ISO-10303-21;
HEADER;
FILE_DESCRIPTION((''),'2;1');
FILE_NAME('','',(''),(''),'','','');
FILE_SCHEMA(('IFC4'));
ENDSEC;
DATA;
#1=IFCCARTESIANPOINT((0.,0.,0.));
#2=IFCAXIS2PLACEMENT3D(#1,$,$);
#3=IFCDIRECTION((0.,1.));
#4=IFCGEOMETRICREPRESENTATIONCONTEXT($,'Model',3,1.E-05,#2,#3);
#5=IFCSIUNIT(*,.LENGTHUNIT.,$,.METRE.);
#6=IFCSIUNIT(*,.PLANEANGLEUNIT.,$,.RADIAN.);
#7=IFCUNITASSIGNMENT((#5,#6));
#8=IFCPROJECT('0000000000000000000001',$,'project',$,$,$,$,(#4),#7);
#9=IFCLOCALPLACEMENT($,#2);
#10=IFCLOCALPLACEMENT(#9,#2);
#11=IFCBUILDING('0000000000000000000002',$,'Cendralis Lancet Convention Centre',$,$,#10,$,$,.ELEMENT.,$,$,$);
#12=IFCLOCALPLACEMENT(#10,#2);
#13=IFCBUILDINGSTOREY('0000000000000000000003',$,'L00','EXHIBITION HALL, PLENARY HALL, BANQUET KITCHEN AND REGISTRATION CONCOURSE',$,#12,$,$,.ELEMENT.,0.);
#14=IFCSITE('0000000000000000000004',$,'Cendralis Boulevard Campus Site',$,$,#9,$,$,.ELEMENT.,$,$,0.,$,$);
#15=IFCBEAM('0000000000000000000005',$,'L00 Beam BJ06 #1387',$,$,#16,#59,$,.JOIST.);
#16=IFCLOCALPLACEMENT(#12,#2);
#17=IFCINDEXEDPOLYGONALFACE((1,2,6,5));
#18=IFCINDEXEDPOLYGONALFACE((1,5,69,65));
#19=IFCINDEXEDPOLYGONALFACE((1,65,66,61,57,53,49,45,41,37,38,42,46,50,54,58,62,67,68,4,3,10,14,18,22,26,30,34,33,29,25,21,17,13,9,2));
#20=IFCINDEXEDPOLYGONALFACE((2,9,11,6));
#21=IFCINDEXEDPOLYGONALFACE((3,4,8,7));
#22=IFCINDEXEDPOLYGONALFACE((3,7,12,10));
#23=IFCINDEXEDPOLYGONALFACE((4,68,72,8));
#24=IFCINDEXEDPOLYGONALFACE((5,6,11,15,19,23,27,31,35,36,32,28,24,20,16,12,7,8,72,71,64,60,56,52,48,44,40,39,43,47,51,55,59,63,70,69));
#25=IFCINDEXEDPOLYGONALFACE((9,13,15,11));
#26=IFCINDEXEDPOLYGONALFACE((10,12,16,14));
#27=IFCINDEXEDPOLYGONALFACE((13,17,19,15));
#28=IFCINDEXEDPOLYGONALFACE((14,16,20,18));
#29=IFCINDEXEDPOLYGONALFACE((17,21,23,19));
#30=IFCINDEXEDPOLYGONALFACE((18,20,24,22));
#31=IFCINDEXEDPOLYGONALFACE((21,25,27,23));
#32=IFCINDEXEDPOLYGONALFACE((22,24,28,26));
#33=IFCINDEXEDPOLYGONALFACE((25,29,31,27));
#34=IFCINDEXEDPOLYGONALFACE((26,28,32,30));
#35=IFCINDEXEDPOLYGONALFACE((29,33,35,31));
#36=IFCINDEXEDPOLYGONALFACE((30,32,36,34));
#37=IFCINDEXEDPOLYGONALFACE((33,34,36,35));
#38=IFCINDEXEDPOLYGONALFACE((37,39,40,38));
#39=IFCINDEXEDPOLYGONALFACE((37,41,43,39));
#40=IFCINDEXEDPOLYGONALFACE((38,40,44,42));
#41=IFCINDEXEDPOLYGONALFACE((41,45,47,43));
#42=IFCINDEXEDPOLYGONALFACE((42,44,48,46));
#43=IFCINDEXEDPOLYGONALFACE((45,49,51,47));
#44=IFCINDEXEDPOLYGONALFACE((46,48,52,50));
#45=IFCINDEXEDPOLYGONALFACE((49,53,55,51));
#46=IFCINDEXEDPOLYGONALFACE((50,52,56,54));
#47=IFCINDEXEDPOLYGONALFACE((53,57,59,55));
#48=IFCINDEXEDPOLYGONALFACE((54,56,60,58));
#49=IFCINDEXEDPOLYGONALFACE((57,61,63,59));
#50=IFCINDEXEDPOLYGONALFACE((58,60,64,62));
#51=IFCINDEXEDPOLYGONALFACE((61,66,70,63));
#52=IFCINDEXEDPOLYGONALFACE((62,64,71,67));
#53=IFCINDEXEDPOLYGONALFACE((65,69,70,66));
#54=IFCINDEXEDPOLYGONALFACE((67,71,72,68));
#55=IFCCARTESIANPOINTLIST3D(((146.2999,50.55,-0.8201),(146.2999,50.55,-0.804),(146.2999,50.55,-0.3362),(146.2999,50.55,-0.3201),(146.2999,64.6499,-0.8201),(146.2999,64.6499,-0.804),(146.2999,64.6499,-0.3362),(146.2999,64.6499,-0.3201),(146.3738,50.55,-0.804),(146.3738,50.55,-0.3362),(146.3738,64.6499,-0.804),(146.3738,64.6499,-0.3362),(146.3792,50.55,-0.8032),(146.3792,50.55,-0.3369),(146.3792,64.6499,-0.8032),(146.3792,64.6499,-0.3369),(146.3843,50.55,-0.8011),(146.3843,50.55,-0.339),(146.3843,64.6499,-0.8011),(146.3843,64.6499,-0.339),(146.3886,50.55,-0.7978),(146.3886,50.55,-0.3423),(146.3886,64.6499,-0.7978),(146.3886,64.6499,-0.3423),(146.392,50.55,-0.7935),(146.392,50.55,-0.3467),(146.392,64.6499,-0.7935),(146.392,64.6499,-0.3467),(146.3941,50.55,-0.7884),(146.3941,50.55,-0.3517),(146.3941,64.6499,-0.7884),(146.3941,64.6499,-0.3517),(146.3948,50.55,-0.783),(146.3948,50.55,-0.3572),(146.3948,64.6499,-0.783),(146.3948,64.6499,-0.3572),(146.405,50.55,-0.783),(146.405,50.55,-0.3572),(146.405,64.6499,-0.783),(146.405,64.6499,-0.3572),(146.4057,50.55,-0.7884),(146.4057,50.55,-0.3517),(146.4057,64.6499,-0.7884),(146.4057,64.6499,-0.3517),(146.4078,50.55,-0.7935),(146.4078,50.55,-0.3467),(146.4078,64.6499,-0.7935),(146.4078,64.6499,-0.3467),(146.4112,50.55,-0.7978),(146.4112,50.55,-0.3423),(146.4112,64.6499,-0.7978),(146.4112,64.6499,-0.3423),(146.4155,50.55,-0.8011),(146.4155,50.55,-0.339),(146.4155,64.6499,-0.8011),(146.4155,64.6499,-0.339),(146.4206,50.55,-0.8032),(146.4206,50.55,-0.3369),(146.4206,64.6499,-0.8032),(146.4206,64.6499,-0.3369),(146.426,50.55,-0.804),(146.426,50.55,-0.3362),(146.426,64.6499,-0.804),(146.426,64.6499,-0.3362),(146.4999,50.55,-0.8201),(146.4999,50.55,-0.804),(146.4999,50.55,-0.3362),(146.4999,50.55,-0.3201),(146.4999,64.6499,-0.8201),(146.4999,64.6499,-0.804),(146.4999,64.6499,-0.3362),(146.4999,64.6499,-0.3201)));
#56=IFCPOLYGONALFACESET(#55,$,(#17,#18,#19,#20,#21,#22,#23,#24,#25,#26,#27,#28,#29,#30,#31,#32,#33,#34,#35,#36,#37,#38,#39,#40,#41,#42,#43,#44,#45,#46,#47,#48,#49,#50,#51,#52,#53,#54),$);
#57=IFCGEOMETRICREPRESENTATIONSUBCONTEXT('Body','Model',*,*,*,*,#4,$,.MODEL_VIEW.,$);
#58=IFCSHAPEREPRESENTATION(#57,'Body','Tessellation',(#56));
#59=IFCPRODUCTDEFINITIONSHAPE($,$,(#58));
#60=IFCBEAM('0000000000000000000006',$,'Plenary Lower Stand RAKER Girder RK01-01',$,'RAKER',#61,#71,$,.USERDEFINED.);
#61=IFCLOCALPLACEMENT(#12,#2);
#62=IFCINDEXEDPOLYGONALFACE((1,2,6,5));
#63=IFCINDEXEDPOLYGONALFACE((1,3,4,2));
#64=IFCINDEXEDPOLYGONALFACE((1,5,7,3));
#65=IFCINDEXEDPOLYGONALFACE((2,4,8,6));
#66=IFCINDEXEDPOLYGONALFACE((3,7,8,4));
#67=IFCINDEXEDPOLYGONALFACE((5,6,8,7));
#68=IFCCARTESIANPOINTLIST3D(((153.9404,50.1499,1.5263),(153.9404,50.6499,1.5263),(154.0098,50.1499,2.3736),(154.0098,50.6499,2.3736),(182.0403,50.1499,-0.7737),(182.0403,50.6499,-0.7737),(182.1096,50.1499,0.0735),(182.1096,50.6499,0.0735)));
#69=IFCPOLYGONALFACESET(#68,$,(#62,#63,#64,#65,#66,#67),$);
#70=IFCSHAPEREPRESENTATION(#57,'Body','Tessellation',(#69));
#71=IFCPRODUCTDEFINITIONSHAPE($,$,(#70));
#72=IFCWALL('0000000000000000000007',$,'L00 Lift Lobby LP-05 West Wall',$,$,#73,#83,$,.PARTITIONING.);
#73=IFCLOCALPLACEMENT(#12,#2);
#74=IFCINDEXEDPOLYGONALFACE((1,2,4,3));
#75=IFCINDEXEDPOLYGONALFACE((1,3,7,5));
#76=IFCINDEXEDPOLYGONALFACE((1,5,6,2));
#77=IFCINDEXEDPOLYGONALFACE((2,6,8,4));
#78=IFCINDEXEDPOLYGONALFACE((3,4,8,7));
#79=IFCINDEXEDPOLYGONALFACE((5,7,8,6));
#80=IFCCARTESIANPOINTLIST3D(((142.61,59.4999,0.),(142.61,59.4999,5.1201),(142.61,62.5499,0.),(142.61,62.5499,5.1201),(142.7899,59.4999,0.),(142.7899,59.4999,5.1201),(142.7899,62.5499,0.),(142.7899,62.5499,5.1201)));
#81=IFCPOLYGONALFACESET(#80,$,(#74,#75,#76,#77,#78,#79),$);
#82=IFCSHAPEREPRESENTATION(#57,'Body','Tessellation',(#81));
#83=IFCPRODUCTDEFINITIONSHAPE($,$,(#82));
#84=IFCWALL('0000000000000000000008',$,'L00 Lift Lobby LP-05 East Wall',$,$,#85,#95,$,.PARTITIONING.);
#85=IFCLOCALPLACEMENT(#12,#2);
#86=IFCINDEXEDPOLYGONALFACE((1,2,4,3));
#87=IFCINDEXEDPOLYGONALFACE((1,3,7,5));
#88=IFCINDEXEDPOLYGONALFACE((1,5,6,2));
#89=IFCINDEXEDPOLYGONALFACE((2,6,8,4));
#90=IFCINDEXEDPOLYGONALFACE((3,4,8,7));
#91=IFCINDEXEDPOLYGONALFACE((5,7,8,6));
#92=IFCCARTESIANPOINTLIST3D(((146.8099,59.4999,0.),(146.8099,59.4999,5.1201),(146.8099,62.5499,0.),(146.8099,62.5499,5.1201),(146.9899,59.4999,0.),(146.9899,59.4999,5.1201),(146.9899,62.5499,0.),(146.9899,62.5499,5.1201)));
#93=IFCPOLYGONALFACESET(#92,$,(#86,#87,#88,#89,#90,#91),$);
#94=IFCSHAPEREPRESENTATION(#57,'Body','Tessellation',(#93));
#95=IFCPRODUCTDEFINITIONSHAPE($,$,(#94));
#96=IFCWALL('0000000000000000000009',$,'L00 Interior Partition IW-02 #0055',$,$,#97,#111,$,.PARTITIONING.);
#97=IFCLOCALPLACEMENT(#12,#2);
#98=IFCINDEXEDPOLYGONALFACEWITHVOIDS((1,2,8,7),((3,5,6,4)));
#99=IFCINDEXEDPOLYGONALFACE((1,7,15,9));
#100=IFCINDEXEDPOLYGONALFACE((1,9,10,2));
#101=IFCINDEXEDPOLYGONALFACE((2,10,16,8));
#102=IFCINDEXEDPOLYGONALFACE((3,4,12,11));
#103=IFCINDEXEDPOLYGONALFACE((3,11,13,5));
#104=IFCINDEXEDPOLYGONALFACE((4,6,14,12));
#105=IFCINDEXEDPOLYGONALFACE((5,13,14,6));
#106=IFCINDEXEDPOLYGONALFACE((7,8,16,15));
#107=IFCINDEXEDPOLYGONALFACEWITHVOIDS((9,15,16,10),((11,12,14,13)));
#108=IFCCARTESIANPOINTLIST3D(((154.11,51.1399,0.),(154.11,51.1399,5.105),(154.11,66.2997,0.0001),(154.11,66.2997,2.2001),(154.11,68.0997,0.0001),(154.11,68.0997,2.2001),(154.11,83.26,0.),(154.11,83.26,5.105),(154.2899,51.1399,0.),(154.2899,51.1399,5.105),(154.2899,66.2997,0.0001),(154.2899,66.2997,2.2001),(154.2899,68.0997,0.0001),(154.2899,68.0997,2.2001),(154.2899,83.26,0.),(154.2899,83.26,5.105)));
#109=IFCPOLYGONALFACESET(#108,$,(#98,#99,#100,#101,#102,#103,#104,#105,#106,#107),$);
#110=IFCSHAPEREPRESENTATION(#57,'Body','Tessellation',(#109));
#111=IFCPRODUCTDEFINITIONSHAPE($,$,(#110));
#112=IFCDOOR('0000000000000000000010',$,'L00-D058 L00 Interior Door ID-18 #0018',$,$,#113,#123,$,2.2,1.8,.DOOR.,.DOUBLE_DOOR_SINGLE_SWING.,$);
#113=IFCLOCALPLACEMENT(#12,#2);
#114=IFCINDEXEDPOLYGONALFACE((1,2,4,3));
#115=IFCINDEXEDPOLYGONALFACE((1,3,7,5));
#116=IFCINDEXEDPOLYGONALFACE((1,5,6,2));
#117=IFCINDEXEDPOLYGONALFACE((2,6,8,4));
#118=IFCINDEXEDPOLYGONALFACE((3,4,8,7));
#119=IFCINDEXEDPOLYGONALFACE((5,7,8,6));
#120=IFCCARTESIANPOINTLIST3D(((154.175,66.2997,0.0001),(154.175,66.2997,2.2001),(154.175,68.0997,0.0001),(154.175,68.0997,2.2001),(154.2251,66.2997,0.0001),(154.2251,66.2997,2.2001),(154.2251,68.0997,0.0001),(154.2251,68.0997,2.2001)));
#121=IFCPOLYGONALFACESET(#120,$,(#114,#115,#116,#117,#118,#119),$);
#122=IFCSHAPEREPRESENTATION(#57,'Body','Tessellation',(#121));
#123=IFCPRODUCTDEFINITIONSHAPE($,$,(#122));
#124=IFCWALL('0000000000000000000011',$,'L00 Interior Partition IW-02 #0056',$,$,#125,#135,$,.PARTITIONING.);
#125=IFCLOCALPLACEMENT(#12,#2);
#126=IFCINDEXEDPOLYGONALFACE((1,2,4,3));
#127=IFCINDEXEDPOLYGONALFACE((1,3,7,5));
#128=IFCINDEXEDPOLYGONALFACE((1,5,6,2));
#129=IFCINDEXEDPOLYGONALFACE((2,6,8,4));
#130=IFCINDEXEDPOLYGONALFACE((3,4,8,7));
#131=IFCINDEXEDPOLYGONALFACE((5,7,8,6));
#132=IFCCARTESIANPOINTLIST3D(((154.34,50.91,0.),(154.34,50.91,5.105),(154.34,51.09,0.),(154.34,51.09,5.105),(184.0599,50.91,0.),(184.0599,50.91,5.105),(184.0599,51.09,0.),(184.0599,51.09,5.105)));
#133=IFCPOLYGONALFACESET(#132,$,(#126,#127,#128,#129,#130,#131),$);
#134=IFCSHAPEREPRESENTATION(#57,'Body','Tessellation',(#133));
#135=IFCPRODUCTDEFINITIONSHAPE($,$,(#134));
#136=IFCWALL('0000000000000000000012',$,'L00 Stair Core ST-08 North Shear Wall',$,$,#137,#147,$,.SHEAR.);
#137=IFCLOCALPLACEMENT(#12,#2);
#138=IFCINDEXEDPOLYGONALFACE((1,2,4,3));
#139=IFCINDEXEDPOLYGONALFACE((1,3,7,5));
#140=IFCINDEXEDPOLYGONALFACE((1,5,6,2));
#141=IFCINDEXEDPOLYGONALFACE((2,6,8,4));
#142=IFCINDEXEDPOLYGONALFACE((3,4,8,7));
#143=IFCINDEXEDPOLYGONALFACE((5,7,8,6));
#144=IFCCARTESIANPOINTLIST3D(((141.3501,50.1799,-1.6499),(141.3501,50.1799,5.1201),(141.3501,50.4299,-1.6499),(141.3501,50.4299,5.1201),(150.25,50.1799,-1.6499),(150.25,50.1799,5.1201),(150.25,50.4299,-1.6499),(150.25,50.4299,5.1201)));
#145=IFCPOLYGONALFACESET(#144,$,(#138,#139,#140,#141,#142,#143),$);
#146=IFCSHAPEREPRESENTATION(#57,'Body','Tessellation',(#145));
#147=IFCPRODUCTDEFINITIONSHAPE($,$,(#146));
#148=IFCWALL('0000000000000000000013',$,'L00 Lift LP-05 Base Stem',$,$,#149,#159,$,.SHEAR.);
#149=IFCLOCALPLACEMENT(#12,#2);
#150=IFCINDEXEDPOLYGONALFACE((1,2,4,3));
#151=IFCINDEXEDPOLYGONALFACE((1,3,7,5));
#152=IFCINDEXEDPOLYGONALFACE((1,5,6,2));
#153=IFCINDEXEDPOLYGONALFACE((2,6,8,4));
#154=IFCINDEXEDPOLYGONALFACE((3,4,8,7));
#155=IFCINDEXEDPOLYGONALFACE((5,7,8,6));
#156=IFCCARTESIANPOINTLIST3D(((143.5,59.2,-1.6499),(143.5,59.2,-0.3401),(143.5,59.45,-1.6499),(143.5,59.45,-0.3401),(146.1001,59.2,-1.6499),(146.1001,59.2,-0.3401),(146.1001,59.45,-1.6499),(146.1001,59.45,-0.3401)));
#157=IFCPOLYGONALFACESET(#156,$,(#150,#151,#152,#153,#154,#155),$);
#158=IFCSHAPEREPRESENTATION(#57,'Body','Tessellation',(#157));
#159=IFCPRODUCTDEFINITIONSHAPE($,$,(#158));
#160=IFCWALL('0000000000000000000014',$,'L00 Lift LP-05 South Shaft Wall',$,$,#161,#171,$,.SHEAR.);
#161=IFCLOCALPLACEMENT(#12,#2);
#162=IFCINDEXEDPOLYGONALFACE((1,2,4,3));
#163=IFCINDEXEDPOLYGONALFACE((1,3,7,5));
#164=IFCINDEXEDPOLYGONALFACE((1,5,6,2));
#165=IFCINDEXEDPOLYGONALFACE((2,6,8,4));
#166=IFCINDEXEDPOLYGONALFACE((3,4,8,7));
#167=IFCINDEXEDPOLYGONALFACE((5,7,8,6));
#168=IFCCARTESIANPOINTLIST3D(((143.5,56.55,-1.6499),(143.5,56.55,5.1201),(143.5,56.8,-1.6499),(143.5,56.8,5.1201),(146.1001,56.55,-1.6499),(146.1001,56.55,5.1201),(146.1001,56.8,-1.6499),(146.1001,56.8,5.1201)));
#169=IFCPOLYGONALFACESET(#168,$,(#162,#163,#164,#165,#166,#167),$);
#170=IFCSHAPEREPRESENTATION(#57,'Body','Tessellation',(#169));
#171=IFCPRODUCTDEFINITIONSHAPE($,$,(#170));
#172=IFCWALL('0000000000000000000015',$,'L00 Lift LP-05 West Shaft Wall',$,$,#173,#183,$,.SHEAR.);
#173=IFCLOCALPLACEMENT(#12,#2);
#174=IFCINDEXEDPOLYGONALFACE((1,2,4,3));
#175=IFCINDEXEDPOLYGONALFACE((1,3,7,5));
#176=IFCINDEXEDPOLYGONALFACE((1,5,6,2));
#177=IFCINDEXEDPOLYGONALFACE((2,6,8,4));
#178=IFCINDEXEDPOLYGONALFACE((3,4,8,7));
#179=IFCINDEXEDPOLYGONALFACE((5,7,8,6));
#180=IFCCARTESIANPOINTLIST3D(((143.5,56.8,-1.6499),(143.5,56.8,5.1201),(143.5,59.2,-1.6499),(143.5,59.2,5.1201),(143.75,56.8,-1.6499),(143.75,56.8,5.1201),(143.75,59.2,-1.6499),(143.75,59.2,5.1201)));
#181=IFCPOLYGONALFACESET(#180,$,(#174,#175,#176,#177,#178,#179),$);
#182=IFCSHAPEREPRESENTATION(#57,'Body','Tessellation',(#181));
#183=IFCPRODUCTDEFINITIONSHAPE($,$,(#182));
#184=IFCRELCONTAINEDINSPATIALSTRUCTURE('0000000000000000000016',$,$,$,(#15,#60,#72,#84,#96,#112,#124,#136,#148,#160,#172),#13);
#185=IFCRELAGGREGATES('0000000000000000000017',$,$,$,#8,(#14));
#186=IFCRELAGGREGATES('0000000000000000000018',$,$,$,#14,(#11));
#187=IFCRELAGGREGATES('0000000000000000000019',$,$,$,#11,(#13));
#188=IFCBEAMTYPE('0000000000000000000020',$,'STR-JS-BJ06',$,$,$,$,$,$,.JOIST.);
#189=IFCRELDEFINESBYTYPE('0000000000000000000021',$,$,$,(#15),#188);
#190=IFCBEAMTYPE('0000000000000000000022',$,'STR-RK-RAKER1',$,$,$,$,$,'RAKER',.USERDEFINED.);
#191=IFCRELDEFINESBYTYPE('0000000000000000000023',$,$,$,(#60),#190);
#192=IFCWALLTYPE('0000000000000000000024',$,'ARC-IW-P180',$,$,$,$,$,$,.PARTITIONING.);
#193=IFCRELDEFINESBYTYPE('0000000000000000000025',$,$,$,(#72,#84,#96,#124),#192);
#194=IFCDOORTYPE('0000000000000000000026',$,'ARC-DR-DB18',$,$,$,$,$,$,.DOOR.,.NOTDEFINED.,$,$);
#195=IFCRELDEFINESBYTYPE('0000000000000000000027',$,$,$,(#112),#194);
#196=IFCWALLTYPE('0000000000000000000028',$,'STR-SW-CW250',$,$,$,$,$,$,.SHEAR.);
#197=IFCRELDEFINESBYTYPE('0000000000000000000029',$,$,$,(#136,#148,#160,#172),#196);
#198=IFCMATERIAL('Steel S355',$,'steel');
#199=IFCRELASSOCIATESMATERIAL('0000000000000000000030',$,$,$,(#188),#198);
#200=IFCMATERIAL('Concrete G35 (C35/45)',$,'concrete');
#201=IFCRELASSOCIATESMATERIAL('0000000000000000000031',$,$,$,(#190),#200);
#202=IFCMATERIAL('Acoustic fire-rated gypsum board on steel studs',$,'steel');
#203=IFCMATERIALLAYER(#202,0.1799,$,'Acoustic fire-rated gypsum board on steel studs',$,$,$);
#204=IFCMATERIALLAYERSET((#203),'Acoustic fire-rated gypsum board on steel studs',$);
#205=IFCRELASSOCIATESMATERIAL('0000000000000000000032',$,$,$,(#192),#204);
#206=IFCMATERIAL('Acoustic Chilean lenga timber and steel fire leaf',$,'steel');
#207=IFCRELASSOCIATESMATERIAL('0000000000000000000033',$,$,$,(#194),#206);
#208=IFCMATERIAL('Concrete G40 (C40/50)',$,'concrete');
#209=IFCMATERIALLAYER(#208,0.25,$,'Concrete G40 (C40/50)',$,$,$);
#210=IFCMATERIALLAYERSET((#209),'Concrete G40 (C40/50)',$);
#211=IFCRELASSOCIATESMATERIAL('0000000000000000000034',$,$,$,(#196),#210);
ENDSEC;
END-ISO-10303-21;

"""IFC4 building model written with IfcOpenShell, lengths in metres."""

from ifc_helpers import new_model, si_unit, direction, frame, frame_2d, origin, origin_2d, place, context, subcontext, project, spatial, rectangle, i_section, extrude, material, layer, layer_set, material_profile, profile_set, type_object, element, fill, save


model = new_model("IFC4")

# Units and contexts
model_context = context("Model", 3, precision=1e-05, world=origin(), true_north=direction((0.0, 1.0)))
body_context = subcontext(model_context, "Body", "Model", "MODEL_VIEW")
ifc_project = project(units=[si_unit("LENGTHUNIT", "METRE"), si_unit("PLANEANGLEUNIT", "RADIAN")], contexts=[model_context])

# Site, building, storey
site_placement = place(None, origin())
site = spatial("IfcSite", under=ifc_project, at=site_placement, Name="Cendralis Boulevard Campus Site", CompositionType="ELEMENT", RefElevation=0.0)
building_placement = place(site_placement, origin())
building = spatial("IfcBuilding", under=site, at=building_placement, Name="Cendralis Lancet Convention Centre", CompositionType="ELEMENT")
storey_placement = place(building_placement, origin())
storey = spatial("IfcBuildingStorey", under=building, at=storey_placement, Name="L00", Description="EXHIBITION HALL, PLENARY HALL, BANQUET KITCHEN AND REGISTRATION CONCOURSE", CompositionType="ELEMENT", Elevation=0.0)

# Shared definitions
ifc_material_1 = material(Name="Concrete G35 (C35/45)", Category="concrete")

# Shared definitions
ifc_material_2 = material(Name="Concrete G40 (C40/50)", Category="concrete")

# Beams
ifc_material_3 = material(Name="Steel S355", Category="steel")
ifc_material_profile_1 = material_profile(ifc_material_3, i_section(OverallWidth=0.2, OverallDepth=0.5, WebThickness=0.0103, FlangeThickness=0.0161, FilletRadius=0.021, at=origin_2d()), Name="IPE 500")
ifc_profile_set_1 = profile_set([ifc_material_profile_1], Name="Steel S355")
beam_type_1 = type_object("IfcBeamType", Name="STR-JS-BJ06", PredefinedType="JOIST", material=ifc_profile_set_1)
beam_1_placement = place(storey_placement, frame((146.3999, 50.55, -0.5701), z_axis=(0.0, 1.0, 0.0), x_axis=(-1.0, 0.0, 0.0)))
element("IfcBeam", 1, at=beam_1_placement, inside=storey, type_object=beam_type_1, Name="L00 Beam BJ06 #1387", PredefinedType="JOIST", context=body_context, shape_type="SweptSolid", body=[
    extrude(i_section(OverallWidth=0.2, OverallDepth=0.5, WebThickness=0.0103, FlangeThickness=0.0161, FilletRadius=0.021, at=origin_2d()), origin(), (0.0, 0.0, 1.0), 14.0999),
])
ifc_material_profile_2 = material_profile(ifc_material_1, rectangle(XDim=0.5, YDim=0.8501, at=origin_2d()), Name="RCB 500x850")
ifc_profile_set_2 = profile_set([ifc_material_profile_2], Name="Concrete G35 (C35/45)")
beam_type_2 = type_object("IfcBeamType", Name="STR-RK-RAKER1", ElementType="RAKER", PredefinedType="USERDEFINED", material=ifc_profile_set_2)
beam_2_placement = place(storey_placement, frame((153.9751, 50.3999, 1.95), z_axis=(0.996667, 0.0, -0.08158), x_axis=(0.0, 1.0, 0.0)))
element("IfcBeam", 2, at=beam_2_placement, inside=storey, type_object=beam_type_2, Name="Plenary Lower Stand RAKER Girder RK01-01", ObjectType="RAKER", PredefinedType="USERDEFINED", context=body_context, shape_type="SweptSolid", body=[
    extrude(rectangle(XDim=0.5, YDim=0.8501, at=origin_2d()), origin(), (0.0, 0.0, 1.0), 28.1938),
])

# Shared definitions
ifc_material_4 = material(Name="Acoustic fire-rated gypsum board on steel studs", Category="steel")
ifc_layer_1 = layer(ifc_material_4, 0.1799, Name="Acoustic fire-rated gypsum board on steel studs")
ifc_layer_set_1 = layer_set([ifc_layer_1], Name="Acoustic fire-rated gypsum board on steel studs")
wall_type_1 = type_object("IfcWallType", Name="ARC-IW-P180", PredefinedType="PARTITIONING", material=ifc_layer_set_1)

# Walls
for number, where, z_axis, x_axis, name in (
    (3, (142.7, 59.5, 0.0), (0.0, 0.0, 1.0), (0.0, 1.0, 0.0), "L00 Lift Lobby LP-05 West Wall"),
    (4, (146.8999, 59.5, 0.0), (0.0, 0.0, 1.0), (0.0, 1.0, 0.0), "L00 Lift Lobby LP-05 East Wall"),
):
    element("IfcWall", number, at=place(storey_placement, frame(where, z_axis=z_axis, x_axis=x_axis)), inside=storey, type_object=wall_type_1, Name=name, PredefinedType="PARTITIONING", context=body_context, shape_type="SweptSolid", body=[
        extrude(rectangle(XDim=3.05, YDim=0.1799, at=frame_2d((1.5249, 0.0))), origin(), (0.0, 0.0, 1.0), 5.1201),
    ])

# Wall, opening, door
wall_1_placement = place(storey_placement, frame((154.2, 51.1399, 0.0), z_axis=(0.0, 0.0, 1.0), x_axis=(0.0, 1.0, 0.0)))
wall_1 = element("IfcWall", 5, at=wall_1_placement, inside=storey, type_object=wall_type_1, Name="L00 Interior Partition IW-02 #0055", PredefinedType="PARTITIONING", context=body_context, shape_type="SweptSolid", body=[
    extrude(rectangle(XDim=32.1201, YDim=0.1799, at=frame_2d((16.0601, 0.0))), origin(), (0.0, 0.0, 1.0), 5.105),
])
opening_1_placement = place(wall_1_placement, frame((15.1599, 0.0, 0.0)))
opening_1 = element("IfcOpeningElement", 6, at=opening_1_placement, cuts=wall_1, PredefinedType="OPENING", context=body_context, shape_type="SweptSolid", body=[
    extrude(rectangle(XDim=1.8, YDim=2.2, at=frame_2d((0.8999, 1.1001))), frame((0.0, 0.0999, 0.0), z_axis=(0.0, -1.0, 0.0), x_axis=(1.0, 0.0, 0.0)), (0.0, 0.0, 1.0), 0.2),
])
ifc_material_5 = material(Name="Acoustic Chilean lenga timber and steel fire leaf", Category="steel")
door_type_1 = type_object("IfcDoorType", Name="ARC-DR-DB18", OperationType="NOTDEFINED", PredefinedType="DOOR", material=ifc_material_5)
door_1_placement = place(opening_1_placement, origin())
door_1 = element("IfcDoor", 7, at=door_1_placement, inside=storey, type_object=door_type_1, Name="L00-D058 L00 Interior Door ID-18 #0018", OperationType="DOUBLE_DOOR_SINGLE_SWING", OverallHeight=2.2, OverallWidth=1.8, PredefinedType="DOOR", context=body_context, shape_type="SweptSolid", body=[
    extrude(rectangle(XDim=1.8, YDim=2.2, at=frame_2d((0.8999, 1.1001))), frame((0.0, 0.0249, 0.0), z_axis=(0.0, -1.0, 0.0), x_axis=(1.0, 0.0, 0.0)), (0.0, 0.0, 1.0), 0.05),
])
fill(opening_1, door_1)

# Walls
wall_2_placement = place(storey_placement, frame((154.3401, 51.0, 0.0), z_axis=(0.0, 0.0, 1.0), x_axis=(1.0, 0.0, 0.0)))
element("IfcWall", 8, at=wall_2_placement, inside=storey, type_object=wall_type_1, Name="L00 Interior Partition IW-02 #0056", PredefinedType="PARTITIONING", context=body_context, shape_type="SweptSolid", body=[
    extrude(rectangle(XDim=29.72, YDim=0.1799, at=frame_2d((14.8599, 0.0))), origin(), (0.0, 0.0, 1.0), 5.105),
])
ifc_layer_2 = layer(ifc_material_2, 0.25, Name="Concrete G40 (C40/50)")
ifc_layer_set_2 = layer_set([ifc_layer_2], Name="Concrete G40 (C40/50)")
wall_type_2 = type_object("IfcWallType", Name="STR-SW-CW250", PredefinedType="SHEAR", material=ifc_layer_set_2)
wall_3_placement = place(storey_placement, frame((141.3501, 50.3049, -1.6499), z_axis=(0.0, 0.0, 1.0), x_axis=(1.0, 0.0, 0.0)))
element("IfcWall", 9, at=wall_3_placement, inside=storey, type_object=wall_type_2, Name="L00 Stair Core ST-08 North Shear Wall", PredefinedType="SHEAR", context=body_context, shape_type="SweptSolid", body=[
    extrude(rectangle(XDim=8.8999, YDim=0.25, at=frame_2d((4.45, 0.0))), origin(), (0.0, 0.0, 1.0), 6.77),
])
wall_4_placement = place(storey_placement, frame((143.5, 59.325, -1.6499), z_axis=(0.0, 0.0, 1.0), x_axis=(1.0, 0.0, 0.0)))
element("IfcWall", 10, at=wall_4_placement, inside=storey, type_object=wall_type_2, Name="L00 Lift LP-05 Base Stem", PredefinedType="SHEAR", context=body_context, shape_type="SweptSolid", body=[
    extrude(rectangle(XDim=2.6001, YDim=0.25, at=frame_2d((1.3, 0.0))), origin(), (0.0, 0.0, 1.0), 1.3098),
])
wall_5_placement = place(storey_placement, frame((143.5, 56.675, -1.6499), z_axis=(0.0, 0.0, 1.0), x_axis=(1.0, 0.0, 0.0)))
element("IfcWall", 11, at=wall_5_placement, inside=storey, type_object=wall_type_2, Name="L00 Lift LP-05 South Shaft Wall", PredefinedType="SHEAR", context=body_context, shape_type="SweptSolid", body=[
    extrude(rectangle(XDim=2.6001, YDim=0.25, at=frame_2d((1.3, 0.0))), origin(), (0.0, 0.0, 1.0), 6.77),
])

# Wall
for number, where, z_axis, x_axis, name in (
    (12, (143.625, 56.8, -1.6499), (0.0, 0.0, 1.0), (0.0, 1.0, 0.0), "L00 Lift LP-05 West Shaft Wall"),
):
    element("IfcWall", number, at=place(storey_placement, frame(where, z_axis=z_axis, x_axis=x_axis)), inside=storey, type_object=wall_type_2, Name=name, PredefinedType="SHEAR", context=body_context, shape_type="SweptSolid", body=[
        extrude(rectangle(XDim=2.3999, YDim=0.25, at=frame_2d((1.2, 0.0))), origin(), (0.0, 0.0, 1.0), 6.77),
    ])

save(model, "model.ifc")
